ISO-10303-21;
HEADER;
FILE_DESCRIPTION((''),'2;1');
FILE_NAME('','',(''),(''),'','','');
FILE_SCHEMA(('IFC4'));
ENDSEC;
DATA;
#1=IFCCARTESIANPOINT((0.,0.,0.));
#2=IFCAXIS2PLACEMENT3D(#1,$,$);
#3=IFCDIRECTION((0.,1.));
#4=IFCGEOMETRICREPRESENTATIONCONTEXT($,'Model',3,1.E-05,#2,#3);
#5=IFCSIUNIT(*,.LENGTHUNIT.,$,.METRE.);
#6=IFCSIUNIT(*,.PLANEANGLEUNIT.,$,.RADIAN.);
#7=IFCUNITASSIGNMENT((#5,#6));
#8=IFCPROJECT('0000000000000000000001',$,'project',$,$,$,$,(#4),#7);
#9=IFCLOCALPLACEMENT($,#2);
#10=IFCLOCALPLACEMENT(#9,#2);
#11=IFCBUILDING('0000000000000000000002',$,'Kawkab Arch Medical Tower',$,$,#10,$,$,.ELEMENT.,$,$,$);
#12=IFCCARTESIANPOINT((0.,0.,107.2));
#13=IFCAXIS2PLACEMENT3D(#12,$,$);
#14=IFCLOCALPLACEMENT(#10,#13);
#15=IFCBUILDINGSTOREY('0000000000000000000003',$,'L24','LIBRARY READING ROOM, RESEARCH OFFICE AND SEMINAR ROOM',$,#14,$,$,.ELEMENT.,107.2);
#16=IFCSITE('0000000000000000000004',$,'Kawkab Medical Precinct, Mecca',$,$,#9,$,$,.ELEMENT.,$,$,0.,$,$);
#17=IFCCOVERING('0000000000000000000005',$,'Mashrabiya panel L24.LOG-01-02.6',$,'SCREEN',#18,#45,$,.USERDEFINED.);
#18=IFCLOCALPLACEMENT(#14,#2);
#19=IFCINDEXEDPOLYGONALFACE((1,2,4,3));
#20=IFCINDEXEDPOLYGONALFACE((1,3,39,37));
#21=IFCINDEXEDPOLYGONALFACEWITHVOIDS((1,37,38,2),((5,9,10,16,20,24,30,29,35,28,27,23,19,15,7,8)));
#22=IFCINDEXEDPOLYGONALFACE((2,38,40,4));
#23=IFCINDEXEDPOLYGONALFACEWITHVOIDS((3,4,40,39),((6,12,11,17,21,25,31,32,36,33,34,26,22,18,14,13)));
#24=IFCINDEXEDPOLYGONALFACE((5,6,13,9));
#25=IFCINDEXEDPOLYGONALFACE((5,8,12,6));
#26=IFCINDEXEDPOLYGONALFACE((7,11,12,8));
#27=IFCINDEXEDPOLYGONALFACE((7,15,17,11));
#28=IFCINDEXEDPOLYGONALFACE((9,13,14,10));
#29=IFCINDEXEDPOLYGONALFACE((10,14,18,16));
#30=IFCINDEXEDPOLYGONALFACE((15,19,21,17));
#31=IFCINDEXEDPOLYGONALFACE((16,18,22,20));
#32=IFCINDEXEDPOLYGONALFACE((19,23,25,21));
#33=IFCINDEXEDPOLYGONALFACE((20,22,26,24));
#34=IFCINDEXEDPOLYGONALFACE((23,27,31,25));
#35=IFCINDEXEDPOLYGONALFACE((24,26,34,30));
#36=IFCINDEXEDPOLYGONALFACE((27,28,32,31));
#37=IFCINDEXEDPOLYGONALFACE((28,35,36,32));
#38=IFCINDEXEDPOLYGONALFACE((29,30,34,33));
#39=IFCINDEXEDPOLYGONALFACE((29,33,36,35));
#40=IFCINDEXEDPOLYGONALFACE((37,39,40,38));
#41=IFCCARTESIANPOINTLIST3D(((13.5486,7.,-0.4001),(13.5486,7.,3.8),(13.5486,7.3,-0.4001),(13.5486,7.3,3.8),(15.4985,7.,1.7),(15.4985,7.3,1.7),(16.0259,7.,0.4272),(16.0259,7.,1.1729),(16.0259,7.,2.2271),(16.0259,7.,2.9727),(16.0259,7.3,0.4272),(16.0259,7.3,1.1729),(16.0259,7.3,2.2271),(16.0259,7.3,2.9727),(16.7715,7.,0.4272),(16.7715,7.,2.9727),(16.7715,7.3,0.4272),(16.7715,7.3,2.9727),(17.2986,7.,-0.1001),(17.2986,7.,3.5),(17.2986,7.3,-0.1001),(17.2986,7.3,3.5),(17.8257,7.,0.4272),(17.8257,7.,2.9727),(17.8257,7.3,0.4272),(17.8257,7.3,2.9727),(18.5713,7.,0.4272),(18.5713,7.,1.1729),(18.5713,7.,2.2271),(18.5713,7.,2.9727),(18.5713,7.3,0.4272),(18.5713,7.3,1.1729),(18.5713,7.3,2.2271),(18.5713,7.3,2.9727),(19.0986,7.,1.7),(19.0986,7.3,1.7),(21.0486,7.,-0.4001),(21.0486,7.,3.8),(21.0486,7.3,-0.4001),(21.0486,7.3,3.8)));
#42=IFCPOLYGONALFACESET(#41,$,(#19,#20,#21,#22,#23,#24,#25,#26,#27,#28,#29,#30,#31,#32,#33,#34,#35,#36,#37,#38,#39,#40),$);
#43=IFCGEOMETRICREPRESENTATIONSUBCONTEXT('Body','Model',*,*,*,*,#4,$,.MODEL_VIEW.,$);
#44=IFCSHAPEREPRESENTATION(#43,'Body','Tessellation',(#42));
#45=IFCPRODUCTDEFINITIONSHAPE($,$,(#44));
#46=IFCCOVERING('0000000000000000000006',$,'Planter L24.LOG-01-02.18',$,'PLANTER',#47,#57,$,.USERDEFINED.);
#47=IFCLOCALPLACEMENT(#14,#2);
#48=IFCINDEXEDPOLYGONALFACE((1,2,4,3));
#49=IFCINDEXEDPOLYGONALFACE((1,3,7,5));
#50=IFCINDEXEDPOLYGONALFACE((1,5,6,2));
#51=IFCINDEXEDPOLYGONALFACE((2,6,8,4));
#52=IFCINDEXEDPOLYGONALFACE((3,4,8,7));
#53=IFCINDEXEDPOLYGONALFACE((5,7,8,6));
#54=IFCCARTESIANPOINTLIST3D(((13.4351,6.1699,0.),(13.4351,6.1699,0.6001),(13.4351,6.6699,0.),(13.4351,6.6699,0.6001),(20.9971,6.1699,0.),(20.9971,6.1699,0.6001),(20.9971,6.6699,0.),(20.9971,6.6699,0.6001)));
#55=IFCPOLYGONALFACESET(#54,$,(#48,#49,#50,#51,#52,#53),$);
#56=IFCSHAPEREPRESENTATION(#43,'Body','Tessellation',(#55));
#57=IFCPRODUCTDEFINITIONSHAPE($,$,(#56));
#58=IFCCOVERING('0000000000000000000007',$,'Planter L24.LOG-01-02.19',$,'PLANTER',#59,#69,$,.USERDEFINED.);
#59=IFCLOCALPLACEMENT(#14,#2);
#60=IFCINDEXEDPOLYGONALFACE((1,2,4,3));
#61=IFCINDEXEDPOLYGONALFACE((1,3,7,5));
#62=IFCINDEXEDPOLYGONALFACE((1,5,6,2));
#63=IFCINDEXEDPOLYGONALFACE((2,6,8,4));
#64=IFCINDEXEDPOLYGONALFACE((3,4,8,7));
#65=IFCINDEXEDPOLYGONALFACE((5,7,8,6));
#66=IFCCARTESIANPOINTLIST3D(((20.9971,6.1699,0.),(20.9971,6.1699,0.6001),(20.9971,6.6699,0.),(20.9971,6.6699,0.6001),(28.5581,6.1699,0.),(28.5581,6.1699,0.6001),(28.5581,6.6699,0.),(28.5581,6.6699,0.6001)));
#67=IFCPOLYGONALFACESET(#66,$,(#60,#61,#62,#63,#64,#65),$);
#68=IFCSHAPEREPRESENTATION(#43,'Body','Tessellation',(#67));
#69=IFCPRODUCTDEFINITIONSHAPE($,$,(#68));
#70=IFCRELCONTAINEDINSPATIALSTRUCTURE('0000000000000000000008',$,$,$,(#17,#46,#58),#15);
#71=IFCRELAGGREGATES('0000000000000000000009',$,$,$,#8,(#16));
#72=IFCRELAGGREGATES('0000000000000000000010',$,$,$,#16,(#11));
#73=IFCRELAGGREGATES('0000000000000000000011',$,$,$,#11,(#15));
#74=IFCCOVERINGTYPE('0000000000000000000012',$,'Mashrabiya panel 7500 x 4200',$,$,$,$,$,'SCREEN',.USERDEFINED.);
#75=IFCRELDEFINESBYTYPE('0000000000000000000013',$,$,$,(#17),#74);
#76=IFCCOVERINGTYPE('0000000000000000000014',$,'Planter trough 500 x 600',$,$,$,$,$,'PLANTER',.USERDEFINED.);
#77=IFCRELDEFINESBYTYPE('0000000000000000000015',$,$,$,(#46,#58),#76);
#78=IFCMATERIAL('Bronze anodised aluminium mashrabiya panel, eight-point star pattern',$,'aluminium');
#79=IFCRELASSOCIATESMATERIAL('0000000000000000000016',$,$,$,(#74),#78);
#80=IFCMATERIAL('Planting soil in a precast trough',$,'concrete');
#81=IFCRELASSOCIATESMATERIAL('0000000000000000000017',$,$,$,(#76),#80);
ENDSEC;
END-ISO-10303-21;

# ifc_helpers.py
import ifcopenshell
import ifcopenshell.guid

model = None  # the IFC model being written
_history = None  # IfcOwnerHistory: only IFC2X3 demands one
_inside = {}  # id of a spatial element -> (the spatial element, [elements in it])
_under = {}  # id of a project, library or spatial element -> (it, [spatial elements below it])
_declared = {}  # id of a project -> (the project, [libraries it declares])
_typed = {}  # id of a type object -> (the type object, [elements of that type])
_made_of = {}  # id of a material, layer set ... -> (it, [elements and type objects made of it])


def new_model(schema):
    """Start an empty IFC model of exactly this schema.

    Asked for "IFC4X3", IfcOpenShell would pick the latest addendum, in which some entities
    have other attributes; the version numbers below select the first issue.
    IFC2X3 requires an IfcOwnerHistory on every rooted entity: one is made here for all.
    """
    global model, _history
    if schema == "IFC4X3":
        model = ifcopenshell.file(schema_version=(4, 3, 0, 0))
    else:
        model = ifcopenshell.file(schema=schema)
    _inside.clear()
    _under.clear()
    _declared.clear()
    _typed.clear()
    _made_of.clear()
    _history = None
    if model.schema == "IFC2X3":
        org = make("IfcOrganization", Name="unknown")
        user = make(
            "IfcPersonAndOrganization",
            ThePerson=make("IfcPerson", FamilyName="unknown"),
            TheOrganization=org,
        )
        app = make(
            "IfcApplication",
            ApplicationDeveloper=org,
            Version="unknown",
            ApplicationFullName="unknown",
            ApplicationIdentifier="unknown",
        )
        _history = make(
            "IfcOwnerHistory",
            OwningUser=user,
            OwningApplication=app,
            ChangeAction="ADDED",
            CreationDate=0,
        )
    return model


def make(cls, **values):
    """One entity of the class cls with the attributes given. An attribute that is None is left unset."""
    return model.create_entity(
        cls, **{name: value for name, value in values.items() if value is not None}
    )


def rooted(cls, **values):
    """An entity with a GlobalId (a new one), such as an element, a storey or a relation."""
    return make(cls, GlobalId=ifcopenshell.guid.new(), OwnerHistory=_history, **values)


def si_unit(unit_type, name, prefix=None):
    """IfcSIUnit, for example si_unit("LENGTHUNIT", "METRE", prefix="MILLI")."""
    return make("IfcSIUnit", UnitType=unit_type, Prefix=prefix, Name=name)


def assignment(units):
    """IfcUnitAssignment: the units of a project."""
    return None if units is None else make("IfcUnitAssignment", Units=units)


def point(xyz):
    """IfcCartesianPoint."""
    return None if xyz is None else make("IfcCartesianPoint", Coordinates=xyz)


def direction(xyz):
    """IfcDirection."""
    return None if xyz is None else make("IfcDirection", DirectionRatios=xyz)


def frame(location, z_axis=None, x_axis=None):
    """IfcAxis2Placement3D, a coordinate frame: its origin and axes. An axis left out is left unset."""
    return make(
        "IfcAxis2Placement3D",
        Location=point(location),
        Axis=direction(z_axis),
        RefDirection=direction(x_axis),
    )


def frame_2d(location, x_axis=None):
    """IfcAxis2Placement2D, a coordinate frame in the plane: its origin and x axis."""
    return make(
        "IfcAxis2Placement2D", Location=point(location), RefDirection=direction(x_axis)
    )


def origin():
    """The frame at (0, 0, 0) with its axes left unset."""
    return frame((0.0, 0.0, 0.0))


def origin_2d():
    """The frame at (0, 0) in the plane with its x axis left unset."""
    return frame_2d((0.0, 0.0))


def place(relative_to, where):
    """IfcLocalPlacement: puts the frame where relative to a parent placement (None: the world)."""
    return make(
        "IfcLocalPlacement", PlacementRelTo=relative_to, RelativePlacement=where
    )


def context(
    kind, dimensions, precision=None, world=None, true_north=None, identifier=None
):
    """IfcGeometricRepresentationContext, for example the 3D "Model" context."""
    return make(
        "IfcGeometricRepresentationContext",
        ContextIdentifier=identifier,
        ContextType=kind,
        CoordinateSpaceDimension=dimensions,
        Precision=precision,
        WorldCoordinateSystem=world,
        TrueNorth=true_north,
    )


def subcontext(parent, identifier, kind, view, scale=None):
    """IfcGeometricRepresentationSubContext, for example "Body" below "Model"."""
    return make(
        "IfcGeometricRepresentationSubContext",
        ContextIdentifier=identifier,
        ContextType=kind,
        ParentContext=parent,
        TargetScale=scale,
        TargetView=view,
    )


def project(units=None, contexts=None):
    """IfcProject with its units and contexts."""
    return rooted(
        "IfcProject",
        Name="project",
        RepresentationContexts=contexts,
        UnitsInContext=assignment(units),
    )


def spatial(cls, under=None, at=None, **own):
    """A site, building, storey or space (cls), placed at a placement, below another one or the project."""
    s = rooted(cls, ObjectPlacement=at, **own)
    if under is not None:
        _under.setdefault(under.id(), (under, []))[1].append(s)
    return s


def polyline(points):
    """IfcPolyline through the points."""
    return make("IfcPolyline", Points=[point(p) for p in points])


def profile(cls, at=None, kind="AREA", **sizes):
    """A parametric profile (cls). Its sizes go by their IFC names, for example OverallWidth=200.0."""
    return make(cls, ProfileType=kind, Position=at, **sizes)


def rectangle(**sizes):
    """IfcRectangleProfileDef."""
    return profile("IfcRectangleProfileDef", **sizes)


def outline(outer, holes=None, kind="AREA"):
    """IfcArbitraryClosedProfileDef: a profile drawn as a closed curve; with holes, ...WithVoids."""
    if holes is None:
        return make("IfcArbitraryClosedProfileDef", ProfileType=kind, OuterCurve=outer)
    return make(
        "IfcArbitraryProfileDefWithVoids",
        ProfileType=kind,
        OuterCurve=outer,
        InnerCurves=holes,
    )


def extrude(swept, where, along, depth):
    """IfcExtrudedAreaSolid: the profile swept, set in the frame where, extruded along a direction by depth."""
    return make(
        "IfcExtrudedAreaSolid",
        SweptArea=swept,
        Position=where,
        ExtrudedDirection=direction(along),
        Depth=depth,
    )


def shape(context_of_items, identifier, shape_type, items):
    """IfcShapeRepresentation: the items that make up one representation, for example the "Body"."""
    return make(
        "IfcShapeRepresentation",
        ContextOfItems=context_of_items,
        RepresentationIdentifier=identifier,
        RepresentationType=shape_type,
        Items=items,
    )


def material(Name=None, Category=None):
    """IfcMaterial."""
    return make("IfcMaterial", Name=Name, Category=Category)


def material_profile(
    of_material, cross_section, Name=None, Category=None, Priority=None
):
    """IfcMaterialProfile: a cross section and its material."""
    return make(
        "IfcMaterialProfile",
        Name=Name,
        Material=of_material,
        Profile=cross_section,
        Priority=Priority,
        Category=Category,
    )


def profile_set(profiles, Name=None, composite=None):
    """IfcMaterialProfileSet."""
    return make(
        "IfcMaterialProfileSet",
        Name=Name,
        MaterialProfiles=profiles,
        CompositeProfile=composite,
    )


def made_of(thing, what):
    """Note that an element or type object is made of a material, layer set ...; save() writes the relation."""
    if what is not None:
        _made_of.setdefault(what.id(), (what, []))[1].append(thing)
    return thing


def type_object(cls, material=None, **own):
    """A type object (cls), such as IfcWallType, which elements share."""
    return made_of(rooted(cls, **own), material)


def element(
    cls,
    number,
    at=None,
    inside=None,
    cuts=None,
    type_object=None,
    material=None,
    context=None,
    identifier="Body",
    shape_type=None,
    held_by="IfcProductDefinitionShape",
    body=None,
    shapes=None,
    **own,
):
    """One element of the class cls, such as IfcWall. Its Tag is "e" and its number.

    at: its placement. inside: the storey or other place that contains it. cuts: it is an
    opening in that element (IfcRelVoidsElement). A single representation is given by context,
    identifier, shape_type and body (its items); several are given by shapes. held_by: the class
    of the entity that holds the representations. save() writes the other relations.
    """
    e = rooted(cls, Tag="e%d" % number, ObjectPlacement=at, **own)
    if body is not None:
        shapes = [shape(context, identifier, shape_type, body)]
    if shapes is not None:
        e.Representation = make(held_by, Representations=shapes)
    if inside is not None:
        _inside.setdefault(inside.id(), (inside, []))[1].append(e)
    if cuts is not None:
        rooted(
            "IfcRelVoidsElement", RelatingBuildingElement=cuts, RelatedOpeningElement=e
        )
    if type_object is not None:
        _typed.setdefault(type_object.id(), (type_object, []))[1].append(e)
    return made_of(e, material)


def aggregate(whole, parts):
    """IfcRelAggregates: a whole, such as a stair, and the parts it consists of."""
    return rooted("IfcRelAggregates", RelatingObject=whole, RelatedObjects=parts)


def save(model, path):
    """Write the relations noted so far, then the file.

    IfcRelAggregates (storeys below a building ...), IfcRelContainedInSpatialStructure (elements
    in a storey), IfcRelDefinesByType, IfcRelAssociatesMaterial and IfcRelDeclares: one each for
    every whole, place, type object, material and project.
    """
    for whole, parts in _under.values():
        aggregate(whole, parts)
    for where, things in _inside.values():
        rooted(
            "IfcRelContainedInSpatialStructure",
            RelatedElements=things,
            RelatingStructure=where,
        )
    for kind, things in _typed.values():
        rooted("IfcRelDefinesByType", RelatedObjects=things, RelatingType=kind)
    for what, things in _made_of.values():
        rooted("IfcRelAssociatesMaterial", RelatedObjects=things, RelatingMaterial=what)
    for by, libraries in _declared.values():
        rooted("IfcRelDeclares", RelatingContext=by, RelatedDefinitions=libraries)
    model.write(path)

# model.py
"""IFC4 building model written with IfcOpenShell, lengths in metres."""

from ifc_helpers import new_model, si_unit, direction, frame, origin, origin_2d, place, context, subcontext, project, spatial, polyline, rectangle, outline, extrude, material, material_profile, profile_set, type_object, element, save


model = new_model("IFC4")

# Units and contexts
model_context = context("Model", 3, precision=1e-05, world=origin(), true_north=direction((0.0, 1.0)))
body_context = subcontext(model_context, "Body", "Model", "MODEL_VIEW")
ifc_project = project(units=[si_unit("LENGTHUNIT", "METRE"), si_unit("PLANEANGLEUNIT", "RADIAN")], contexts=[model_context])

# Site, building, storey
site_placement = place(None, origin())
site = spatial("IfcSite", under=ifc_project, at=site_placement, Name="Kawkab Medical Precinct, Mecca", CompositionType="ELEMENT", RefElevation=0.0)
building_placement = place(site_placement, origin())
building = spatial("IfcBuilding", under=site, at=building_placement, Name="Kawkab Arch Medical Tower", CompositionType="ELEMENT")
storey_placement = place(building_placement, frame((0.0, 0.0, 107.2)))
storey = spatial("IfcBuildingStorey", under=building, at=storey_placement, Name="L24", Description="LIBRARY READING ROOM, RESEARCH OFFICE AND SEMINAR ROOM", CompositionType="ELEMENT", Elevation=107.2)

# Coverings
ifc_material_1 = material(Name="Bronze anodised aluminium mashrabiya panel, eight-point star pattern", Category="aluminium")
ifc_material_profile_1 = material_profile(ifc_material_1, outline(polyline([(-3.75, -2.1001), (3.75, -2.1001), (3.75, 2.1001), (-3.75, 2.1001), (-3.75, -2.1001)]), holes=[polyline([(1.8, 0.0), (1.2727, 0.5271), (1.2727, 1.2727), (0.5271, 1.2727), (0.0, 1.8), (-0.5271, 1.2727), (-1.2727, 1.2727), (-1.2727, 0.5271), (-1.8, 0.0), (-1.2727, -0.5271), (-1.2727, -1.2727), (-0.5271, -1.2727), (0.0, -1.8), (0.5271, -1.2727), (1.2727, -1.2727), (1.2727, -0.5271), (1.8, 0.0)])]), Name="Mashrabiya panel 7500x4200")
ifc_profile_set_1 = profile_set([ifc_material_profile_1], Name="Bronze anodised aluminium mashrabiya panel, eight-point star pattern")
covering_type_1 = type_object("IfcCoveringType", Name="Mashrabiya panel 7500 x 4200", ElementType="SCREEN", PredefinedType="USERDEFINED", material=ifc_profile_set_1)
covering_1_placement = place(storey_placement, frame((17.2986, 7.0, 1.7), z_axis=(0.0, 1.0, 0.0), x_axis=(-1.0, 0.0, 0.0)))
element("IfcCovering", 1, at=covering_1_placement, inside=storey, type_object=covering_type_1, Name="Mashrabiya panel L24.LOG-01-02.6", ObjectType="SCREEN", PredefinedType="USERDEFINED", context=body_context, shape_type="SweptSolid", body=[
    extrude(outline(polyline([(-3.75, -2.1001), (3.75, -2.1001), (3.75, 2.1001), (-3.75, 2.1001), (-3.75, -2.1001)]), holes=[polyline([(1.8, 0.0), (1.2727, 0.5271), (1.2727, 1.2727), (0.5271, 1.2727), (0.0, 1.8), (-0.5271, 1.2727), (-1.2727, 1.2727), (-1.2727, 0.5271), (-1.8, 0.0), (-1.2727, -0.5271), (-1.2727, -1.2727), (-0.5271, -1.2727), (0.0, -1.8), (0.5271, -1.2727), (1.2727, -1.2727), (1.2727, -0.5271), (1.8, 0.0)])]), origin(), (0.0, 0.0, 1.0), 0.3),
])
ifc_material_2 = material(Name="Planting soil in a precast trough", Category="concrete")
ifc_material_profile_2 = material_profile(ifc_material_2, rectangle(XDim=0.5, YDim=0.6001, at=origin_2d()), Name="Trough 500x600")
ifc_profile_set_2 = profile_set([ifc_material_profile_2], Name="Planting soil in a precast trough")
covering_type_2 = type_object("IfcCoveringType", Name="Planter trough 500 x 600", ElementType="PLANTER", PredefinedType="USERDEFINED", material=ifc_profile_set_2)
covering_2_placement = place(storey_placement, frame((13.4351, 6.4199, 0.3), z_axis=(1.0, 0.0, 0.0), x_axis=(0.0, 1.0, 0.0)))
element("IfcCovering", 2, at=covering_2_placement, inside=storey, type_object=covering_type_2, Name="Planter L24.LOG-01-02.18", ObjectType="PLANTER", PredefinedType="USERDEFINED", context=body_context, shape_type="SweptSolid", body=[
    extrude(rectangle(XDim=0.5, YDim=0.6001, at=origin_2d()), origin(), (0.0, 0.0, 1.0), 7.562),
])
covering_3_placement = place(storey_placement, frame((20.9971, 6.4199, 0.3), z_axis=(1.0, 0.0, 0.0), x_axis=(0.0, 1.0, 0.0)))
element("IfcCovering", 3, at=covering_3_placement, inside=storey, type_object=covering_type_2, Name="Planter L24.LOG-01-02.19", ObjectType="PLANTER", PredefinedType="USERDEFINED", context=body_context, shape_type="SweptSolid", body=[
    extrude(rectangle(XDim=0.5, YDim=0.6001, at=origin_2d()), origin(), (0.0, 0.0, 1.0), 7.561),
])

save(model, "model.ifc")
